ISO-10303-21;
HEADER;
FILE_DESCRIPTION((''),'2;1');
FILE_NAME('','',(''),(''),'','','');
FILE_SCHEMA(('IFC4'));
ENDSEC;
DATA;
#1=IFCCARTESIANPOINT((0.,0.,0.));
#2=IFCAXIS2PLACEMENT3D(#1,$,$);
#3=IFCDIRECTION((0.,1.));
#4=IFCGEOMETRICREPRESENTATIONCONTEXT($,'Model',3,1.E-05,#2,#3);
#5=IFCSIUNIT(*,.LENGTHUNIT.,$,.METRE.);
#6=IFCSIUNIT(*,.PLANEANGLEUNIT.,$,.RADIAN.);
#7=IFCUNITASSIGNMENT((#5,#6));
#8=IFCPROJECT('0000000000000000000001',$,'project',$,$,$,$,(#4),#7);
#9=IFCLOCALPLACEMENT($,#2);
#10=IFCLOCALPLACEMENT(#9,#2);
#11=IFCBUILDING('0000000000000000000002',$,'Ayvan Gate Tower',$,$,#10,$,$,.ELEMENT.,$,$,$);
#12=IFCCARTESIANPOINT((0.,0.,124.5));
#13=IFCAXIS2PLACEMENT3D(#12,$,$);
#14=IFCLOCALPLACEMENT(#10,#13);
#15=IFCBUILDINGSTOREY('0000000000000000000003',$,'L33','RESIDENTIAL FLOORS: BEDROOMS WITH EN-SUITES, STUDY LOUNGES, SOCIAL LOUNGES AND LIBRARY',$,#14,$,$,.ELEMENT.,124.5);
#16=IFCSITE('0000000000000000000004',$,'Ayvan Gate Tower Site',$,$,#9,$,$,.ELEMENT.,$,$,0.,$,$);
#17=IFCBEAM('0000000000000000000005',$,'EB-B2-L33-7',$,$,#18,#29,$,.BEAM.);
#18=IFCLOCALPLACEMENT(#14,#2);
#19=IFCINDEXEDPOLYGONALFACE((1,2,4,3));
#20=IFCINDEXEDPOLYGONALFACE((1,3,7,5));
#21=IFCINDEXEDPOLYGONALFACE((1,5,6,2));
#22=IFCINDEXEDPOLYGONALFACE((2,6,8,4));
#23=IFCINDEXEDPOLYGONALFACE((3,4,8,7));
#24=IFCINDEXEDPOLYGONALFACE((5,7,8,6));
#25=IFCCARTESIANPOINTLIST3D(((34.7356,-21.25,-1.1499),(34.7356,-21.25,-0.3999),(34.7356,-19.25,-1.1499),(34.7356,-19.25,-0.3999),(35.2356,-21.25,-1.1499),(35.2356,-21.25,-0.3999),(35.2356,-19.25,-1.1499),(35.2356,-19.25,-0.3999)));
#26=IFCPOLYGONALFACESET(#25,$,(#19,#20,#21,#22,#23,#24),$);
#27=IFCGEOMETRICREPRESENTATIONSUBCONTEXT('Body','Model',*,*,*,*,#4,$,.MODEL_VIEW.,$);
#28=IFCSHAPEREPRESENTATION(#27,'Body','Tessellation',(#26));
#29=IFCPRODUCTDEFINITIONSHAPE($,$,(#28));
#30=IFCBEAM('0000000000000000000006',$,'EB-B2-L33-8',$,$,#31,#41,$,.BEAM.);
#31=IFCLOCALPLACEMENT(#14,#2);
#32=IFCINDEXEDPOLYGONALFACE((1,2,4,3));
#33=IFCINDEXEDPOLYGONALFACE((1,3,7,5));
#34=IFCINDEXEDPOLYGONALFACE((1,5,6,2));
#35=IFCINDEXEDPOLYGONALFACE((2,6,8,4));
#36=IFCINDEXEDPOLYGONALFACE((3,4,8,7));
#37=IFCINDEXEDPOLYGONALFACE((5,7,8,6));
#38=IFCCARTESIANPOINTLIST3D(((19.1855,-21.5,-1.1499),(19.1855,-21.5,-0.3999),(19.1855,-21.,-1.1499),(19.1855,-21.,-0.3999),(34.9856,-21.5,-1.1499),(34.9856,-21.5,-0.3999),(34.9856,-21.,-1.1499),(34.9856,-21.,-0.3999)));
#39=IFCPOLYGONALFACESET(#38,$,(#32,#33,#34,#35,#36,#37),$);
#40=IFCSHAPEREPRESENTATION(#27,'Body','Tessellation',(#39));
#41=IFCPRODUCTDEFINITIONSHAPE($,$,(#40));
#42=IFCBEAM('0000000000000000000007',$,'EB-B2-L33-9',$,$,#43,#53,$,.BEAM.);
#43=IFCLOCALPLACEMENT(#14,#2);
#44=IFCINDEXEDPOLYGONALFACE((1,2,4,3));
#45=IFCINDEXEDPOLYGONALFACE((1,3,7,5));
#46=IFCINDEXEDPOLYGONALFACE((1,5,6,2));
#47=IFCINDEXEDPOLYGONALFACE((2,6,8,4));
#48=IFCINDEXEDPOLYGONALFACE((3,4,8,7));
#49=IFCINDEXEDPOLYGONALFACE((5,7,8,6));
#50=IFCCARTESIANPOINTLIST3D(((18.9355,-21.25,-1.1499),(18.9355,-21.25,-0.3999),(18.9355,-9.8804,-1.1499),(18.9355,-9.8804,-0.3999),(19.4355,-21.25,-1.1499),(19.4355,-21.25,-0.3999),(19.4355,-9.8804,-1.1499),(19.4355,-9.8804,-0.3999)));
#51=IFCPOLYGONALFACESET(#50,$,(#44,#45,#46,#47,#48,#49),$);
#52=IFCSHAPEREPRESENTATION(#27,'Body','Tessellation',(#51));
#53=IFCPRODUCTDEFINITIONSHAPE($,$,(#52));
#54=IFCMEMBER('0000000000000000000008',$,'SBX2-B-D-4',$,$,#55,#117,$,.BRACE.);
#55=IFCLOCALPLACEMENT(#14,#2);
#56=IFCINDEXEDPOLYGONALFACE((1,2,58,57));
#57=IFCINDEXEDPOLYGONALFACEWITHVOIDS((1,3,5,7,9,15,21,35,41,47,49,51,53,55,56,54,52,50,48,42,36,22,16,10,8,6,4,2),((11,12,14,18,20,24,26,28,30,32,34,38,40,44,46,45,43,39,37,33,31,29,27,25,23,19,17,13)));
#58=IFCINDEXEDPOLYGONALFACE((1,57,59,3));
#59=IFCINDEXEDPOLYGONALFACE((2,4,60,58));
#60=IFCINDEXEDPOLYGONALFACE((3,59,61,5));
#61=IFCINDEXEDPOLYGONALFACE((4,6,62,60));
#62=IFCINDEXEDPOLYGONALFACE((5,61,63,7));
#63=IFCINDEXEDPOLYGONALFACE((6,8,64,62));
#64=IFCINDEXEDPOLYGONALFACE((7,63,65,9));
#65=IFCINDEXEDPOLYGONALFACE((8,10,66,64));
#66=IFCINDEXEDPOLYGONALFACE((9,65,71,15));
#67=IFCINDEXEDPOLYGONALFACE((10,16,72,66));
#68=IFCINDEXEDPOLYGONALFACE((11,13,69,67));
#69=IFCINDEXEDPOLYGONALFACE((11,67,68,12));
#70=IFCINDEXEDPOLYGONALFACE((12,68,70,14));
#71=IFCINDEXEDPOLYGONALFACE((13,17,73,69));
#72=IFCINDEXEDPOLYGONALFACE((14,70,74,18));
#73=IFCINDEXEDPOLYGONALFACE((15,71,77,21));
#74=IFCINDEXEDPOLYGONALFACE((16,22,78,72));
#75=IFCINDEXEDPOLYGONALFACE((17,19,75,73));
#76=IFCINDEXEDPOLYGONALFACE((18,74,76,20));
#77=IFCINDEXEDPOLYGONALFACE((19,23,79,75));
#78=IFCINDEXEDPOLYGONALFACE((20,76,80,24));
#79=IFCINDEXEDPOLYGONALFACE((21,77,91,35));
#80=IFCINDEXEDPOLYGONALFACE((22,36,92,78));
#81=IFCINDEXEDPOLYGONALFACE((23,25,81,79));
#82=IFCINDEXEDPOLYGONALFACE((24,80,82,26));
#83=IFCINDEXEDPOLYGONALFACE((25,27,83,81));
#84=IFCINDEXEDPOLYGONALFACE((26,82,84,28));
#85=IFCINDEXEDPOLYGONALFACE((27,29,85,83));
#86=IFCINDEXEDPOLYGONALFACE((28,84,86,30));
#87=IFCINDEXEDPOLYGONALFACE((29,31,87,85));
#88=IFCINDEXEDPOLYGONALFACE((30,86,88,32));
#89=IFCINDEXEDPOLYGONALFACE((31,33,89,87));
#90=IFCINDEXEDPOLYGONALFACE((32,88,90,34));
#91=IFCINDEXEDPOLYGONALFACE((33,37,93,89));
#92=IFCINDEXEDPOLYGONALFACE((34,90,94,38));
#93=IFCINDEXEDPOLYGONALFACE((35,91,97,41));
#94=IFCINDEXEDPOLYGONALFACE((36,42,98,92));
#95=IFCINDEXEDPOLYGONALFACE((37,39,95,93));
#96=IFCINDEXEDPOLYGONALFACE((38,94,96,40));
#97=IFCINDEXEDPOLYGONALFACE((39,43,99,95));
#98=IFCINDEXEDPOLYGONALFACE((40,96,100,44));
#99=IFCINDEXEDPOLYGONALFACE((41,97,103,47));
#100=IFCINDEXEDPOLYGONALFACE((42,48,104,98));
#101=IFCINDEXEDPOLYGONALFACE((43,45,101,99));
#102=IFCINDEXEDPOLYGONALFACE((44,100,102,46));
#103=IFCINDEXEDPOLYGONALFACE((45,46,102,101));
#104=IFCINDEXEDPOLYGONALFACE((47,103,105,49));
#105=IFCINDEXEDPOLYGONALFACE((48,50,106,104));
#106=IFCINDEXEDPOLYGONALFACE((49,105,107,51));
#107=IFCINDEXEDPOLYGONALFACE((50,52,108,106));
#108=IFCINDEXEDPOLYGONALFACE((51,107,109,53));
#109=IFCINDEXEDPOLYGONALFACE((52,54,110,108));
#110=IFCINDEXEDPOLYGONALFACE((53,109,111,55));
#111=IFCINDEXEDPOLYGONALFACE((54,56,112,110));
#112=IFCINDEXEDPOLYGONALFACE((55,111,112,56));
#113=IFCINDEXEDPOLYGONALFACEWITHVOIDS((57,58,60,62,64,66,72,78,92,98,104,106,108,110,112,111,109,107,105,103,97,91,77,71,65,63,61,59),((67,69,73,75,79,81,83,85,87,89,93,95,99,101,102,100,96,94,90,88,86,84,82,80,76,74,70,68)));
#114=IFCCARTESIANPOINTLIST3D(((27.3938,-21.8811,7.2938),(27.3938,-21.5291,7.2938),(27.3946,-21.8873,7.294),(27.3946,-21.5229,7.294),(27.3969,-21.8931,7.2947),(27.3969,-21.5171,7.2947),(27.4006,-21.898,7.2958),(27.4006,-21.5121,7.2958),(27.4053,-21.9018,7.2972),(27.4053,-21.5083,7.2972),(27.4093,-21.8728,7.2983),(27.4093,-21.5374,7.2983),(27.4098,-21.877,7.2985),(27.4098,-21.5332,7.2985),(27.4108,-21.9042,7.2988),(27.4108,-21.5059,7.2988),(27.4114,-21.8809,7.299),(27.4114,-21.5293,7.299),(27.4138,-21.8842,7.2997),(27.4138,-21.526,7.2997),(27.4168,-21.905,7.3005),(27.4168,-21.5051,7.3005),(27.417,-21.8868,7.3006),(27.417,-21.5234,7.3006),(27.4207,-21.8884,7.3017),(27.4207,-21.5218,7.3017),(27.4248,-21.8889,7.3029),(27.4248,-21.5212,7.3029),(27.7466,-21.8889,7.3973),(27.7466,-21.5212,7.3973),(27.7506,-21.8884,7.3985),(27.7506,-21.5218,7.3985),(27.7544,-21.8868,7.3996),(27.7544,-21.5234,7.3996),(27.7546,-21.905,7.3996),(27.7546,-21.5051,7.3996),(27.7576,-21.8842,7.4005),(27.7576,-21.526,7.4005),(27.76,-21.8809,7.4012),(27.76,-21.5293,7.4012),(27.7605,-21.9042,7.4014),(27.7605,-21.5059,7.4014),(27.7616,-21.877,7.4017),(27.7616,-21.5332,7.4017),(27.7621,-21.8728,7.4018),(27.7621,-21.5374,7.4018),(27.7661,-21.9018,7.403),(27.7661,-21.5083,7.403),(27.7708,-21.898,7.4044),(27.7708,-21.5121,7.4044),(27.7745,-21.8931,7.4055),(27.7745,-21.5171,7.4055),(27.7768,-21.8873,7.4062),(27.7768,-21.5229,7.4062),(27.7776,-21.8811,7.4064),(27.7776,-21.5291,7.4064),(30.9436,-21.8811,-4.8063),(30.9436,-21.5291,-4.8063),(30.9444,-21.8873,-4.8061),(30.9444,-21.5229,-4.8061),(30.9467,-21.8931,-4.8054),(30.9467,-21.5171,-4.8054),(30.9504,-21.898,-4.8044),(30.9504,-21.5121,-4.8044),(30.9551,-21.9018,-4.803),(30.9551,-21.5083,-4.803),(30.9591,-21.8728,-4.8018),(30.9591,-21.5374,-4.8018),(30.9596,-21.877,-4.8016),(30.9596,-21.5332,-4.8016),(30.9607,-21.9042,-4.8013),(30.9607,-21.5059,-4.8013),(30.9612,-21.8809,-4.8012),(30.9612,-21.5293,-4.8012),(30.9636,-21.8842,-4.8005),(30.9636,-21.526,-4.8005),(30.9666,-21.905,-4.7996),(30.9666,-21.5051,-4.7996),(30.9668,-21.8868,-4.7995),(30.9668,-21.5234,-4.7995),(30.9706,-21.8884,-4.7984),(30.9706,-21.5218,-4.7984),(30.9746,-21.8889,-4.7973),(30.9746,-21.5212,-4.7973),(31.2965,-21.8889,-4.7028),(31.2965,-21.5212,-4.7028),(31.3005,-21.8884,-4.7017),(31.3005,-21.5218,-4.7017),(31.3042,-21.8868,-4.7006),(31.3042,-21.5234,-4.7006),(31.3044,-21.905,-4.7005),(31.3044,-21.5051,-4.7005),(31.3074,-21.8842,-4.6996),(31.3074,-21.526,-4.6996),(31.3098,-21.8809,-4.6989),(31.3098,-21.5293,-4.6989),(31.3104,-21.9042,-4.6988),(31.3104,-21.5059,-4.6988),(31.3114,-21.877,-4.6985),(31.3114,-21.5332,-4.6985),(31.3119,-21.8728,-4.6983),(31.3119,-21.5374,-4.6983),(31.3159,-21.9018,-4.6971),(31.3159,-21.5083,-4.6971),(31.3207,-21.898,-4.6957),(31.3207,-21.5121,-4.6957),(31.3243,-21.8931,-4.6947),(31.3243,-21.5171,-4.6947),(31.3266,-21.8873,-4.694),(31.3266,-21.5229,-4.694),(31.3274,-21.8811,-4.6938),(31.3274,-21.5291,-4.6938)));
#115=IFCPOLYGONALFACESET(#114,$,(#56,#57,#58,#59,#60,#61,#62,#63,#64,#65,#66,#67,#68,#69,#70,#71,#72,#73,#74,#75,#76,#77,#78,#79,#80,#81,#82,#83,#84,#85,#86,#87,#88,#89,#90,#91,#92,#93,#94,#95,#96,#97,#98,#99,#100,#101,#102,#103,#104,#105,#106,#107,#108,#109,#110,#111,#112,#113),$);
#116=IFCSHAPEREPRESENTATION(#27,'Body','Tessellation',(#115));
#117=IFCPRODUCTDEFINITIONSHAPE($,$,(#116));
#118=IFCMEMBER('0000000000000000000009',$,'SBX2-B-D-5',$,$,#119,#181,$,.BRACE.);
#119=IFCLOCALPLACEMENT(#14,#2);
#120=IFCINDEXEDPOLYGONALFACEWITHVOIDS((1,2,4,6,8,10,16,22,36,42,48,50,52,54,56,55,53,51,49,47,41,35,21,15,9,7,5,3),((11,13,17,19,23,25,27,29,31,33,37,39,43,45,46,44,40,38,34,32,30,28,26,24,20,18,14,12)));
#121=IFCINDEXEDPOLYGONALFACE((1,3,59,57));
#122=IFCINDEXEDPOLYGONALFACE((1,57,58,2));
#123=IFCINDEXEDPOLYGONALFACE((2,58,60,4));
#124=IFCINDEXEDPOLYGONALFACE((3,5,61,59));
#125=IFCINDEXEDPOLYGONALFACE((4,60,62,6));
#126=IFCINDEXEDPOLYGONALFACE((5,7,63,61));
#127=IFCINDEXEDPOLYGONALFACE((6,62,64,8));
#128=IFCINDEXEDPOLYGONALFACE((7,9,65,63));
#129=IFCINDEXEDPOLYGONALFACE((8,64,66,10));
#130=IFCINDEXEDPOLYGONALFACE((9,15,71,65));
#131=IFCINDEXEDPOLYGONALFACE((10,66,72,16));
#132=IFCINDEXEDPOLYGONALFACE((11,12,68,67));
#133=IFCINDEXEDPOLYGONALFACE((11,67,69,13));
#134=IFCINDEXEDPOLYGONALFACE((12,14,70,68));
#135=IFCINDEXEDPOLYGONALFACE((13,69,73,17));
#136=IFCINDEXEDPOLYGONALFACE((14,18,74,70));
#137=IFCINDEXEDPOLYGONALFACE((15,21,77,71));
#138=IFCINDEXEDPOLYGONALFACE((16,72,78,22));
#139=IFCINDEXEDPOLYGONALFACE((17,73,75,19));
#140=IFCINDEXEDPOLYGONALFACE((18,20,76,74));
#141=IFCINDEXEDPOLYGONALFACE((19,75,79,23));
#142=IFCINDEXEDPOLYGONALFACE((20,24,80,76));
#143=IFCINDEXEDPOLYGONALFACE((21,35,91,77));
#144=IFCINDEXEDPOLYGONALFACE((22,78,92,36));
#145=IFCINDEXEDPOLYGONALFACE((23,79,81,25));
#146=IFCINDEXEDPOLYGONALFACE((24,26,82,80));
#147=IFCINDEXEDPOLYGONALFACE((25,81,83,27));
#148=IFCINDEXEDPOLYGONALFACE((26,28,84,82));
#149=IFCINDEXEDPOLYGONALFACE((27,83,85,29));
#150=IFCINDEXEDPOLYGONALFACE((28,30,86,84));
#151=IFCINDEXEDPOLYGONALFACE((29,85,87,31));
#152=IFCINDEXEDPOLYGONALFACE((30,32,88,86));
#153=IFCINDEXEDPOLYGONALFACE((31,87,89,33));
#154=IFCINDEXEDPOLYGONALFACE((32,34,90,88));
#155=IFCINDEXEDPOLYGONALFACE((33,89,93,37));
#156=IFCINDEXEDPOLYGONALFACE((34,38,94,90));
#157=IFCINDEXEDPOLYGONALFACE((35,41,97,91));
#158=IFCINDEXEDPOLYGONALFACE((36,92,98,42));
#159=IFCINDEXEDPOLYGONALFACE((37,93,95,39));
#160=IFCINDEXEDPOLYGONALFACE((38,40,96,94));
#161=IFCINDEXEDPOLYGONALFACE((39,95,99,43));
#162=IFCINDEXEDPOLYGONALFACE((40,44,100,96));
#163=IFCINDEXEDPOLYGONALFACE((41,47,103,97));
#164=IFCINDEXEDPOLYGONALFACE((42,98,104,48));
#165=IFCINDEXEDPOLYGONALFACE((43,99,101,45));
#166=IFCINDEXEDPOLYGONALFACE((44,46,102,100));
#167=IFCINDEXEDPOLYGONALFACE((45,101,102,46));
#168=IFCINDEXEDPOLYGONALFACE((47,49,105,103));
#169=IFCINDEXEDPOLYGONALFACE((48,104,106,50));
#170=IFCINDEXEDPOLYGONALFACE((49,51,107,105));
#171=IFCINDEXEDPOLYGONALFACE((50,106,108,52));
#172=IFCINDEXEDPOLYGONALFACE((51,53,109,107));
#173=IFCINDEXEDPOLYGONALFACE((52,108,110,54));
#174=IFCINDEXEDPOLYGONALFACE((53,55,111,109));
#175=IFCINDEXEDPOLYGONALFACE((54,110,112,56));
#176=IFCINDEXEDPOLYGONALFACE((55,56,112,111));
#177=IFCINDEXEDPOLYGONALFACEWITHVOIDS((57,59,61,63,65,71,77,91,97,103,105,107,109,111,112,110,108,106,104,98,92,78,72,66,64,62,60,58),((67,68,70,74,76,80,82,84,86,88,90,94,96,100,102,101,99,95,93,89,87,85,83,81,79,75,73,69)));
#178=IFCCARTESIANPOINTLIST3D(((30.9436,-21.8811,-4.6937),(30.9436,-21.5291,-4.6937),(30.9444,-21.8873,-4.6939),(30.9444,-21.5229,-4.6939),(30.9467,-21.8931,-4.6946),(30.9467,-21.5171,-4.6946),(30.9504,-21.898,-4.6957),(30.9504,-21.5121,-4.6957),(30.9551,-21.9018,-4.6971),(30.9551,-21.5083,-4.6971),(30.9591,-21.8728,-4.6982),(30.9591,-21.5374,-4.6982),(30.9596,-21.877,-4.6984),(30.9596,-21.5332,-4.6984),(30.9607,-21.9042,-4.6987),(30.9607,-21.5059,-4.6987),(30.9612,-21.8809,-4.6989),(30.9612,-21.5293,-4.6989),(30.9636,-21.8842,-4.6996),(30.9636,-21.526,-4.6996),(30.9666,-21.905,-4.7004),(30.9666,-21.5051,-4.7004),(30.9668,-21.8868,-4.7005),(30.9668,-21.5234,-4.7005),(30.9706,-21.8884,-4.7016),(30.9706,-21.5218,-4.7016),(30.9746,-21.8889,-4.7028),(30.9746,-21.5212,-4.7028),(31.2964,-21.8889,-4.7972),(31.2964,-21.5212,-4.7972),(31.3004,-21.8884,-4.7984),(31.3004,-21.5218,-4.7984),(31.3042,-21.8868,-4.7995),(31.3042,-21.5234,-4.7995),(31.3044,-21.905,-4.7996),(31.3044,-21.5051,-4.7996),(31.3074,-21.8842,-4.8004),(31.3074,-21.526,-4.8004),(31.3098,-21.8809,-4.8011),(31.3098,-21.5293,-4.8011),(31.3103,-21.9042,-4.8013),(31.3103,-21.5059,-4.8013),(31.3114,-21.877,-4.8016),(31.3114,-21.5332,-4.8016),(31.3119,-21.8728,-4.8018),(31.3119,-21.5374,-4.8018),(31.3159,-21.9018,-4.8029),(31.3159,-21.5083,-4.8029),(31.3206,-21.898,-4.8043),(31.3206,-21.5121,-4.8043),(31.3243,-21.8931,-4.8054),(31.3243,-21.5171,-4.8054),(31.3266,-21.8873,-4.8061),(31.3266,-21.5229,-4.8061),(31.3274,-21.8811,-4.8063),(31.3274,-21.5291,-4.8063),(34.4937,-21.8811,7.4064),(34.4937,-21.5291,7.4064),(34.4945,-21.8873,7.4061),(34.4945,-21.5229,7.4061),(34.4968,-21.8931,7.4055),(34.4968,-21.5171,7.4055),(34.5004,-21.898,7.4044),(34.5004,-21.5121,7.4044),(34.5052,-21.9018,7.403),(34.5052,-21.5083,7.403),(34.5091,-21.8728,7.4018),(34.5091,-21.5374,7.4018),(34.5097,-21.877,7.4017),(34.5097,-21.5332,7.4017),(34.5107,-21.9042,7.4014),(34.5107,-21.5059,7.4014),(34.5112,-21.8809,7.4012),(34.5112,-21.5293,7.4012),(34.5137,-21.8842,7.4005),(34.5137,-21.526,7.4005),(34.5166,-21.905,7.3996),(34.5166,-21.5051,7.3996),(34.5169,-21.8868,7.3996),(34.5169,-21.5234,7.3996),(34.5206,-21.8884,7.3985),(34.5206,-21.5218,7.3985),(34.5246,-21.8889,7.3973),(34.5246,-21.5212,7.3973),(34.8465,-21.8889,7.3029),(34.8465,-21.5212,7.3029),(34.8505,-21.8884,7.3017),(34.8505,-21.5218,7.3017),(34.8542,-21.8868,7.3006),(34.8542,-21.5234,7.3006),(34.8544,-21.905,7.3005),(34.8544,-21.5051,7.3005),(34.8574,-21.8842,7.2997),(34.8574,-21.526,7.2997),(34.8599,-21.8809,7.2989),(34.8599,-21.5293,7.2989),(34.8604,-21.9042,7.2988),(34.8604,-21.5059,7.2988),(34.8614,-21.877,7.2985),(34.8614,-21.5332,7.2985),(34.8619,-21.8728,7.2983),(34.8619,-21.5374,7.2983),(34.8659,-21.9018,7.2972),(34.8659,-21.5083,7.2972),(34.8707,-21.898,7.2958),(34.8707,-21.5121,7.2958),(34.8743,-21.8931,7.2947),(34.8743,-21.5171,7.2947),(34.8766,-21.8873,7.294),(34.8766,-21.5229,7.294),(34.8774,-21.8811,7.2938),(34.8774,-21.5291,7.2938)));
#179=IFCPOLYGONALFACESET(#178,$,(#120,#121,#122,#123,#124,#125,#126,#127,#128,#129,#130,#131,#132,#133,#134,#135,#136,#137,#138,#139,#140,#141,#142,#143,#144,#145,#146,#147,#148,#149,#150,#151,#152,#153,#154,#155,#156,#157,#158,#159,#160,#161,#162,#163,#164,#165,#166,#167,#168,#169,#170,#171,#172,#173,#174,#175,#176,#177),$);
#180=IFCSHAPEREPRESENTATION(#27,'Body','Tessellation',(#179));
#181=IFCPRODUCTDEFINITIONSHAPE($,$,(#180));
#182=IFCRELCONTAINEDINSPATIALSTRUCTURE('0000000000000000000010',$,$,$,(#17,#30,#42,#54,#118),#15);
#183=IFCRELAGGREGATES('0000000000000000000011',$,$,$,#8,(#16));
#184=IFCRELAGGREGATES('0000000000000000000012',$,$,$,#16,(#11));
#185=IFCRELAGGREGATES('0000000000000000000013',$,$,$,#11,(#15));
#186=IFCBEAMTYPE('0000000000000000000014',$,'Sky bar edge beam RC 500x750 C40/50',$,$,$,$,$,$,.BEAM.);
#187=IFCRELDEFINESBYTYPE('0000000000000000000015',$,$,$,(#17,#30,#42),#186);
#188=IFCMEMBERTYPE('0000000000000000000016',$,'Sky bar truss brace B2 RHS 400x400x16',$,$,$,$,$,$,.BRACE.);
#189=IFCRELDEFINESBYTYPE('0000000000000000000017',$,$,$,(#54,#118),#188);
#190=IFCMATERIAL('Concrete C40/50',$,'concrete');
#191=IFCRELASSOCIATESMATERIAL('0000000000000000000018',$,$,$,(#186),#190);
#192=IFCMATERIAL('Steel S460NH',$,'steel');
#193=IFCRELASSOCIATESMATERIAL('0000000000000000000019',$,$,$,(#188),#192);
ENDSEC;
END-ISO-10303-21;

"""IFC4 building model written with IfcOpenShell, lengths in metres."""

from ifc_helpers import new_model, si_unit, direction, frame, origin, origin_2d, place, context, subcontext, project, spatial, rectangle, hollow_rectangle, extrude, material, material_profile, profile_set, type_object, element, save


model = new_model("IFC4")

# Units and contexts
model_context = context("Model", 3, precision=1e-05, world=origin(), true_north=direction((0.0, 1.0)))
body_context = subcontext(model_context, "Body", "Model", "MODEL_VIEW")
ifc_project = project(units=[si_unit("LENGTHUNIT", "METRE"), si_unit("PLANEANGLEUNIT", "RADIAN")], contexts=[model_context])

# Site, building, storey
site_placement = place(None, origin())
site = spatial("IfcSite", under=ifc_project, at=site_placement, Name="Ayvan Gate Tower Site", CompositionType="ELEMENT", RefElevation=0.0)
building_placement = place(site_placement, origin())
building = spatial("IfcBuilding", under=site, at=building_placement, Name="Ayvan Gate Tower", CompositionType="ELEMENT")
storey_placement = place(building_placement, frame((0.0, 0.0, 124.5)))
storey = spatial("IfcBuildingStorey", under=building, at=storey_placement, Name="L33", Description="RESIDENTIAL FLOORS: BEDROOMS WITH EN-SUITES, STUDY LOUNGES, SOCIAL LOUNGES AND LIBRARY", CompositionType="ELEMENT", Elevation=124.5)

# Beams
ifc_material_1 = material(Name="Concrete C40/50", Category="concrete")
ifc_material_profile_1 = material_profile(ifc_material_1, rectangle(XDim=0.5, YDim=0.75, at=origin_2d()), Name="RC 500x750")
ifc_profile_set_1 = profile_set([ifc_material_profile_1], Name="Concrete C40/50")
beam_type = type_object("IfcBeamType", Name="Sky bar edge beam RC 500x750 C40/50", PredefinedType="BEAM", material=ifc_profile_set_1)
beam_1_placement = place(storey_placement, frame((34.9856, -19.25, -0.7749), z_axis=(0.0, -1.0, 0.0), x_axis=(1.0, 0.0, 0.0)))
element("IfcBeam", 1, at=beam_1_placement, inside=storey, type_object=beam_type, Name="EB-B2-L33-7", PredefinedType="BEAM", context=body_context, shape_type="SweptSolid", body=[
    extrude(rectangle(XDim=0.5, YDim=0.75, at=origin_2d()), origin(), (0.0, 0.0, 1.0), 2.0),
])
beam_2_placement = place(storey_placement, frame((34.9856, -21.25, -0.7749), z_axis=(-1.0, 0.0, 0.0), x_axis=(0.0, -1.0, 0.0)))
element("IfcBeam", 2, at=beam_2_placement, inside=storey, type_object=beam_type, Name="EB-B2-L33-8", PredefinedType="BEAM", context=body_context, shape_type="SweptSolid", body=[
    extrude(rectangle(XDim=0.5, YDim=0.75, at=origin_2d()), origin(), (0.0, 0.0, 1.0), 15.8),
])
beam_3_placement = place(storey_placement, frame((19.1855, -21.25, -0.7749), z_axis=(0.0, 1.0, 0.0), x_axis=(-1.0, 0.0, 0.0)))
element("IfcBeam", 3, at=beam_3_placement, inside=storey, type_object=beam_type, Name="EB-B2-L33-9", PredefinedType="BEAM", context=body_context, shape_type="SweptSolid", body=[
    extrude(rectangle(XDim=0.5, YDim=0.75, at=origin_2d()), origin(), (0.0, 0.0, 1.0), 11.3696),
])

# Members
ifc_material_2 = material(Name="Steel S460NH", Category="steel")
ifc_material_profile_2 = material_profile(ifc_material_2, hollow_rectangle(XDim=0.3999, YDim=0.3999, WallThickness=0.0161, InnerFilletRadius=0.0161, OuterFilletRadius=0.0239, at=origin_2d()), Name="RHS 400x400x16")
ifc_profile_set_2 = profile_set([ifc_material_profile_2], Name="Steel S460NH")
member_type_1 = type_object("IfcMemberType", Name="Sky bar truss brace B2 RHS 400x400x16", PredefinedType="BRACE", material=ifc_profile_set_2)
for number, where, z_axis, x_axis, name in (
    (4, (27.5857, -21.7051, 7.3501), (0.281506, 0.0, -0.959559), (0.0, 1.0, 0.0), "SBX2-B-D-4"),
    (5, (31.1355, -21.7051, -4.75), (0.281524, 0.0, 0.959554), (0.0, 1.0, 0.0), "SBX2-B-D-5"),
):
    element("IfcMember", number, at=place(storey_placement, frame(where, z_axis=z_axis, x_axis=x_axis)), inside=storey, type_object=member_type_1, Name=name, PredefinedType="BRACE", context=body_context, shape_type="SweptSolid", body=[
        extrude(hollow_rectangle(XDim=0.3999, YDim=0.3999, WallThickness=0.0161, InnerFilletRadius=0.0161, OuterFilletRadius=0.0239, at=origin_2d()), origin(), (0.0, 0.0, 1.0), 12.6101),
    ])

save(model, "model.ifc")
